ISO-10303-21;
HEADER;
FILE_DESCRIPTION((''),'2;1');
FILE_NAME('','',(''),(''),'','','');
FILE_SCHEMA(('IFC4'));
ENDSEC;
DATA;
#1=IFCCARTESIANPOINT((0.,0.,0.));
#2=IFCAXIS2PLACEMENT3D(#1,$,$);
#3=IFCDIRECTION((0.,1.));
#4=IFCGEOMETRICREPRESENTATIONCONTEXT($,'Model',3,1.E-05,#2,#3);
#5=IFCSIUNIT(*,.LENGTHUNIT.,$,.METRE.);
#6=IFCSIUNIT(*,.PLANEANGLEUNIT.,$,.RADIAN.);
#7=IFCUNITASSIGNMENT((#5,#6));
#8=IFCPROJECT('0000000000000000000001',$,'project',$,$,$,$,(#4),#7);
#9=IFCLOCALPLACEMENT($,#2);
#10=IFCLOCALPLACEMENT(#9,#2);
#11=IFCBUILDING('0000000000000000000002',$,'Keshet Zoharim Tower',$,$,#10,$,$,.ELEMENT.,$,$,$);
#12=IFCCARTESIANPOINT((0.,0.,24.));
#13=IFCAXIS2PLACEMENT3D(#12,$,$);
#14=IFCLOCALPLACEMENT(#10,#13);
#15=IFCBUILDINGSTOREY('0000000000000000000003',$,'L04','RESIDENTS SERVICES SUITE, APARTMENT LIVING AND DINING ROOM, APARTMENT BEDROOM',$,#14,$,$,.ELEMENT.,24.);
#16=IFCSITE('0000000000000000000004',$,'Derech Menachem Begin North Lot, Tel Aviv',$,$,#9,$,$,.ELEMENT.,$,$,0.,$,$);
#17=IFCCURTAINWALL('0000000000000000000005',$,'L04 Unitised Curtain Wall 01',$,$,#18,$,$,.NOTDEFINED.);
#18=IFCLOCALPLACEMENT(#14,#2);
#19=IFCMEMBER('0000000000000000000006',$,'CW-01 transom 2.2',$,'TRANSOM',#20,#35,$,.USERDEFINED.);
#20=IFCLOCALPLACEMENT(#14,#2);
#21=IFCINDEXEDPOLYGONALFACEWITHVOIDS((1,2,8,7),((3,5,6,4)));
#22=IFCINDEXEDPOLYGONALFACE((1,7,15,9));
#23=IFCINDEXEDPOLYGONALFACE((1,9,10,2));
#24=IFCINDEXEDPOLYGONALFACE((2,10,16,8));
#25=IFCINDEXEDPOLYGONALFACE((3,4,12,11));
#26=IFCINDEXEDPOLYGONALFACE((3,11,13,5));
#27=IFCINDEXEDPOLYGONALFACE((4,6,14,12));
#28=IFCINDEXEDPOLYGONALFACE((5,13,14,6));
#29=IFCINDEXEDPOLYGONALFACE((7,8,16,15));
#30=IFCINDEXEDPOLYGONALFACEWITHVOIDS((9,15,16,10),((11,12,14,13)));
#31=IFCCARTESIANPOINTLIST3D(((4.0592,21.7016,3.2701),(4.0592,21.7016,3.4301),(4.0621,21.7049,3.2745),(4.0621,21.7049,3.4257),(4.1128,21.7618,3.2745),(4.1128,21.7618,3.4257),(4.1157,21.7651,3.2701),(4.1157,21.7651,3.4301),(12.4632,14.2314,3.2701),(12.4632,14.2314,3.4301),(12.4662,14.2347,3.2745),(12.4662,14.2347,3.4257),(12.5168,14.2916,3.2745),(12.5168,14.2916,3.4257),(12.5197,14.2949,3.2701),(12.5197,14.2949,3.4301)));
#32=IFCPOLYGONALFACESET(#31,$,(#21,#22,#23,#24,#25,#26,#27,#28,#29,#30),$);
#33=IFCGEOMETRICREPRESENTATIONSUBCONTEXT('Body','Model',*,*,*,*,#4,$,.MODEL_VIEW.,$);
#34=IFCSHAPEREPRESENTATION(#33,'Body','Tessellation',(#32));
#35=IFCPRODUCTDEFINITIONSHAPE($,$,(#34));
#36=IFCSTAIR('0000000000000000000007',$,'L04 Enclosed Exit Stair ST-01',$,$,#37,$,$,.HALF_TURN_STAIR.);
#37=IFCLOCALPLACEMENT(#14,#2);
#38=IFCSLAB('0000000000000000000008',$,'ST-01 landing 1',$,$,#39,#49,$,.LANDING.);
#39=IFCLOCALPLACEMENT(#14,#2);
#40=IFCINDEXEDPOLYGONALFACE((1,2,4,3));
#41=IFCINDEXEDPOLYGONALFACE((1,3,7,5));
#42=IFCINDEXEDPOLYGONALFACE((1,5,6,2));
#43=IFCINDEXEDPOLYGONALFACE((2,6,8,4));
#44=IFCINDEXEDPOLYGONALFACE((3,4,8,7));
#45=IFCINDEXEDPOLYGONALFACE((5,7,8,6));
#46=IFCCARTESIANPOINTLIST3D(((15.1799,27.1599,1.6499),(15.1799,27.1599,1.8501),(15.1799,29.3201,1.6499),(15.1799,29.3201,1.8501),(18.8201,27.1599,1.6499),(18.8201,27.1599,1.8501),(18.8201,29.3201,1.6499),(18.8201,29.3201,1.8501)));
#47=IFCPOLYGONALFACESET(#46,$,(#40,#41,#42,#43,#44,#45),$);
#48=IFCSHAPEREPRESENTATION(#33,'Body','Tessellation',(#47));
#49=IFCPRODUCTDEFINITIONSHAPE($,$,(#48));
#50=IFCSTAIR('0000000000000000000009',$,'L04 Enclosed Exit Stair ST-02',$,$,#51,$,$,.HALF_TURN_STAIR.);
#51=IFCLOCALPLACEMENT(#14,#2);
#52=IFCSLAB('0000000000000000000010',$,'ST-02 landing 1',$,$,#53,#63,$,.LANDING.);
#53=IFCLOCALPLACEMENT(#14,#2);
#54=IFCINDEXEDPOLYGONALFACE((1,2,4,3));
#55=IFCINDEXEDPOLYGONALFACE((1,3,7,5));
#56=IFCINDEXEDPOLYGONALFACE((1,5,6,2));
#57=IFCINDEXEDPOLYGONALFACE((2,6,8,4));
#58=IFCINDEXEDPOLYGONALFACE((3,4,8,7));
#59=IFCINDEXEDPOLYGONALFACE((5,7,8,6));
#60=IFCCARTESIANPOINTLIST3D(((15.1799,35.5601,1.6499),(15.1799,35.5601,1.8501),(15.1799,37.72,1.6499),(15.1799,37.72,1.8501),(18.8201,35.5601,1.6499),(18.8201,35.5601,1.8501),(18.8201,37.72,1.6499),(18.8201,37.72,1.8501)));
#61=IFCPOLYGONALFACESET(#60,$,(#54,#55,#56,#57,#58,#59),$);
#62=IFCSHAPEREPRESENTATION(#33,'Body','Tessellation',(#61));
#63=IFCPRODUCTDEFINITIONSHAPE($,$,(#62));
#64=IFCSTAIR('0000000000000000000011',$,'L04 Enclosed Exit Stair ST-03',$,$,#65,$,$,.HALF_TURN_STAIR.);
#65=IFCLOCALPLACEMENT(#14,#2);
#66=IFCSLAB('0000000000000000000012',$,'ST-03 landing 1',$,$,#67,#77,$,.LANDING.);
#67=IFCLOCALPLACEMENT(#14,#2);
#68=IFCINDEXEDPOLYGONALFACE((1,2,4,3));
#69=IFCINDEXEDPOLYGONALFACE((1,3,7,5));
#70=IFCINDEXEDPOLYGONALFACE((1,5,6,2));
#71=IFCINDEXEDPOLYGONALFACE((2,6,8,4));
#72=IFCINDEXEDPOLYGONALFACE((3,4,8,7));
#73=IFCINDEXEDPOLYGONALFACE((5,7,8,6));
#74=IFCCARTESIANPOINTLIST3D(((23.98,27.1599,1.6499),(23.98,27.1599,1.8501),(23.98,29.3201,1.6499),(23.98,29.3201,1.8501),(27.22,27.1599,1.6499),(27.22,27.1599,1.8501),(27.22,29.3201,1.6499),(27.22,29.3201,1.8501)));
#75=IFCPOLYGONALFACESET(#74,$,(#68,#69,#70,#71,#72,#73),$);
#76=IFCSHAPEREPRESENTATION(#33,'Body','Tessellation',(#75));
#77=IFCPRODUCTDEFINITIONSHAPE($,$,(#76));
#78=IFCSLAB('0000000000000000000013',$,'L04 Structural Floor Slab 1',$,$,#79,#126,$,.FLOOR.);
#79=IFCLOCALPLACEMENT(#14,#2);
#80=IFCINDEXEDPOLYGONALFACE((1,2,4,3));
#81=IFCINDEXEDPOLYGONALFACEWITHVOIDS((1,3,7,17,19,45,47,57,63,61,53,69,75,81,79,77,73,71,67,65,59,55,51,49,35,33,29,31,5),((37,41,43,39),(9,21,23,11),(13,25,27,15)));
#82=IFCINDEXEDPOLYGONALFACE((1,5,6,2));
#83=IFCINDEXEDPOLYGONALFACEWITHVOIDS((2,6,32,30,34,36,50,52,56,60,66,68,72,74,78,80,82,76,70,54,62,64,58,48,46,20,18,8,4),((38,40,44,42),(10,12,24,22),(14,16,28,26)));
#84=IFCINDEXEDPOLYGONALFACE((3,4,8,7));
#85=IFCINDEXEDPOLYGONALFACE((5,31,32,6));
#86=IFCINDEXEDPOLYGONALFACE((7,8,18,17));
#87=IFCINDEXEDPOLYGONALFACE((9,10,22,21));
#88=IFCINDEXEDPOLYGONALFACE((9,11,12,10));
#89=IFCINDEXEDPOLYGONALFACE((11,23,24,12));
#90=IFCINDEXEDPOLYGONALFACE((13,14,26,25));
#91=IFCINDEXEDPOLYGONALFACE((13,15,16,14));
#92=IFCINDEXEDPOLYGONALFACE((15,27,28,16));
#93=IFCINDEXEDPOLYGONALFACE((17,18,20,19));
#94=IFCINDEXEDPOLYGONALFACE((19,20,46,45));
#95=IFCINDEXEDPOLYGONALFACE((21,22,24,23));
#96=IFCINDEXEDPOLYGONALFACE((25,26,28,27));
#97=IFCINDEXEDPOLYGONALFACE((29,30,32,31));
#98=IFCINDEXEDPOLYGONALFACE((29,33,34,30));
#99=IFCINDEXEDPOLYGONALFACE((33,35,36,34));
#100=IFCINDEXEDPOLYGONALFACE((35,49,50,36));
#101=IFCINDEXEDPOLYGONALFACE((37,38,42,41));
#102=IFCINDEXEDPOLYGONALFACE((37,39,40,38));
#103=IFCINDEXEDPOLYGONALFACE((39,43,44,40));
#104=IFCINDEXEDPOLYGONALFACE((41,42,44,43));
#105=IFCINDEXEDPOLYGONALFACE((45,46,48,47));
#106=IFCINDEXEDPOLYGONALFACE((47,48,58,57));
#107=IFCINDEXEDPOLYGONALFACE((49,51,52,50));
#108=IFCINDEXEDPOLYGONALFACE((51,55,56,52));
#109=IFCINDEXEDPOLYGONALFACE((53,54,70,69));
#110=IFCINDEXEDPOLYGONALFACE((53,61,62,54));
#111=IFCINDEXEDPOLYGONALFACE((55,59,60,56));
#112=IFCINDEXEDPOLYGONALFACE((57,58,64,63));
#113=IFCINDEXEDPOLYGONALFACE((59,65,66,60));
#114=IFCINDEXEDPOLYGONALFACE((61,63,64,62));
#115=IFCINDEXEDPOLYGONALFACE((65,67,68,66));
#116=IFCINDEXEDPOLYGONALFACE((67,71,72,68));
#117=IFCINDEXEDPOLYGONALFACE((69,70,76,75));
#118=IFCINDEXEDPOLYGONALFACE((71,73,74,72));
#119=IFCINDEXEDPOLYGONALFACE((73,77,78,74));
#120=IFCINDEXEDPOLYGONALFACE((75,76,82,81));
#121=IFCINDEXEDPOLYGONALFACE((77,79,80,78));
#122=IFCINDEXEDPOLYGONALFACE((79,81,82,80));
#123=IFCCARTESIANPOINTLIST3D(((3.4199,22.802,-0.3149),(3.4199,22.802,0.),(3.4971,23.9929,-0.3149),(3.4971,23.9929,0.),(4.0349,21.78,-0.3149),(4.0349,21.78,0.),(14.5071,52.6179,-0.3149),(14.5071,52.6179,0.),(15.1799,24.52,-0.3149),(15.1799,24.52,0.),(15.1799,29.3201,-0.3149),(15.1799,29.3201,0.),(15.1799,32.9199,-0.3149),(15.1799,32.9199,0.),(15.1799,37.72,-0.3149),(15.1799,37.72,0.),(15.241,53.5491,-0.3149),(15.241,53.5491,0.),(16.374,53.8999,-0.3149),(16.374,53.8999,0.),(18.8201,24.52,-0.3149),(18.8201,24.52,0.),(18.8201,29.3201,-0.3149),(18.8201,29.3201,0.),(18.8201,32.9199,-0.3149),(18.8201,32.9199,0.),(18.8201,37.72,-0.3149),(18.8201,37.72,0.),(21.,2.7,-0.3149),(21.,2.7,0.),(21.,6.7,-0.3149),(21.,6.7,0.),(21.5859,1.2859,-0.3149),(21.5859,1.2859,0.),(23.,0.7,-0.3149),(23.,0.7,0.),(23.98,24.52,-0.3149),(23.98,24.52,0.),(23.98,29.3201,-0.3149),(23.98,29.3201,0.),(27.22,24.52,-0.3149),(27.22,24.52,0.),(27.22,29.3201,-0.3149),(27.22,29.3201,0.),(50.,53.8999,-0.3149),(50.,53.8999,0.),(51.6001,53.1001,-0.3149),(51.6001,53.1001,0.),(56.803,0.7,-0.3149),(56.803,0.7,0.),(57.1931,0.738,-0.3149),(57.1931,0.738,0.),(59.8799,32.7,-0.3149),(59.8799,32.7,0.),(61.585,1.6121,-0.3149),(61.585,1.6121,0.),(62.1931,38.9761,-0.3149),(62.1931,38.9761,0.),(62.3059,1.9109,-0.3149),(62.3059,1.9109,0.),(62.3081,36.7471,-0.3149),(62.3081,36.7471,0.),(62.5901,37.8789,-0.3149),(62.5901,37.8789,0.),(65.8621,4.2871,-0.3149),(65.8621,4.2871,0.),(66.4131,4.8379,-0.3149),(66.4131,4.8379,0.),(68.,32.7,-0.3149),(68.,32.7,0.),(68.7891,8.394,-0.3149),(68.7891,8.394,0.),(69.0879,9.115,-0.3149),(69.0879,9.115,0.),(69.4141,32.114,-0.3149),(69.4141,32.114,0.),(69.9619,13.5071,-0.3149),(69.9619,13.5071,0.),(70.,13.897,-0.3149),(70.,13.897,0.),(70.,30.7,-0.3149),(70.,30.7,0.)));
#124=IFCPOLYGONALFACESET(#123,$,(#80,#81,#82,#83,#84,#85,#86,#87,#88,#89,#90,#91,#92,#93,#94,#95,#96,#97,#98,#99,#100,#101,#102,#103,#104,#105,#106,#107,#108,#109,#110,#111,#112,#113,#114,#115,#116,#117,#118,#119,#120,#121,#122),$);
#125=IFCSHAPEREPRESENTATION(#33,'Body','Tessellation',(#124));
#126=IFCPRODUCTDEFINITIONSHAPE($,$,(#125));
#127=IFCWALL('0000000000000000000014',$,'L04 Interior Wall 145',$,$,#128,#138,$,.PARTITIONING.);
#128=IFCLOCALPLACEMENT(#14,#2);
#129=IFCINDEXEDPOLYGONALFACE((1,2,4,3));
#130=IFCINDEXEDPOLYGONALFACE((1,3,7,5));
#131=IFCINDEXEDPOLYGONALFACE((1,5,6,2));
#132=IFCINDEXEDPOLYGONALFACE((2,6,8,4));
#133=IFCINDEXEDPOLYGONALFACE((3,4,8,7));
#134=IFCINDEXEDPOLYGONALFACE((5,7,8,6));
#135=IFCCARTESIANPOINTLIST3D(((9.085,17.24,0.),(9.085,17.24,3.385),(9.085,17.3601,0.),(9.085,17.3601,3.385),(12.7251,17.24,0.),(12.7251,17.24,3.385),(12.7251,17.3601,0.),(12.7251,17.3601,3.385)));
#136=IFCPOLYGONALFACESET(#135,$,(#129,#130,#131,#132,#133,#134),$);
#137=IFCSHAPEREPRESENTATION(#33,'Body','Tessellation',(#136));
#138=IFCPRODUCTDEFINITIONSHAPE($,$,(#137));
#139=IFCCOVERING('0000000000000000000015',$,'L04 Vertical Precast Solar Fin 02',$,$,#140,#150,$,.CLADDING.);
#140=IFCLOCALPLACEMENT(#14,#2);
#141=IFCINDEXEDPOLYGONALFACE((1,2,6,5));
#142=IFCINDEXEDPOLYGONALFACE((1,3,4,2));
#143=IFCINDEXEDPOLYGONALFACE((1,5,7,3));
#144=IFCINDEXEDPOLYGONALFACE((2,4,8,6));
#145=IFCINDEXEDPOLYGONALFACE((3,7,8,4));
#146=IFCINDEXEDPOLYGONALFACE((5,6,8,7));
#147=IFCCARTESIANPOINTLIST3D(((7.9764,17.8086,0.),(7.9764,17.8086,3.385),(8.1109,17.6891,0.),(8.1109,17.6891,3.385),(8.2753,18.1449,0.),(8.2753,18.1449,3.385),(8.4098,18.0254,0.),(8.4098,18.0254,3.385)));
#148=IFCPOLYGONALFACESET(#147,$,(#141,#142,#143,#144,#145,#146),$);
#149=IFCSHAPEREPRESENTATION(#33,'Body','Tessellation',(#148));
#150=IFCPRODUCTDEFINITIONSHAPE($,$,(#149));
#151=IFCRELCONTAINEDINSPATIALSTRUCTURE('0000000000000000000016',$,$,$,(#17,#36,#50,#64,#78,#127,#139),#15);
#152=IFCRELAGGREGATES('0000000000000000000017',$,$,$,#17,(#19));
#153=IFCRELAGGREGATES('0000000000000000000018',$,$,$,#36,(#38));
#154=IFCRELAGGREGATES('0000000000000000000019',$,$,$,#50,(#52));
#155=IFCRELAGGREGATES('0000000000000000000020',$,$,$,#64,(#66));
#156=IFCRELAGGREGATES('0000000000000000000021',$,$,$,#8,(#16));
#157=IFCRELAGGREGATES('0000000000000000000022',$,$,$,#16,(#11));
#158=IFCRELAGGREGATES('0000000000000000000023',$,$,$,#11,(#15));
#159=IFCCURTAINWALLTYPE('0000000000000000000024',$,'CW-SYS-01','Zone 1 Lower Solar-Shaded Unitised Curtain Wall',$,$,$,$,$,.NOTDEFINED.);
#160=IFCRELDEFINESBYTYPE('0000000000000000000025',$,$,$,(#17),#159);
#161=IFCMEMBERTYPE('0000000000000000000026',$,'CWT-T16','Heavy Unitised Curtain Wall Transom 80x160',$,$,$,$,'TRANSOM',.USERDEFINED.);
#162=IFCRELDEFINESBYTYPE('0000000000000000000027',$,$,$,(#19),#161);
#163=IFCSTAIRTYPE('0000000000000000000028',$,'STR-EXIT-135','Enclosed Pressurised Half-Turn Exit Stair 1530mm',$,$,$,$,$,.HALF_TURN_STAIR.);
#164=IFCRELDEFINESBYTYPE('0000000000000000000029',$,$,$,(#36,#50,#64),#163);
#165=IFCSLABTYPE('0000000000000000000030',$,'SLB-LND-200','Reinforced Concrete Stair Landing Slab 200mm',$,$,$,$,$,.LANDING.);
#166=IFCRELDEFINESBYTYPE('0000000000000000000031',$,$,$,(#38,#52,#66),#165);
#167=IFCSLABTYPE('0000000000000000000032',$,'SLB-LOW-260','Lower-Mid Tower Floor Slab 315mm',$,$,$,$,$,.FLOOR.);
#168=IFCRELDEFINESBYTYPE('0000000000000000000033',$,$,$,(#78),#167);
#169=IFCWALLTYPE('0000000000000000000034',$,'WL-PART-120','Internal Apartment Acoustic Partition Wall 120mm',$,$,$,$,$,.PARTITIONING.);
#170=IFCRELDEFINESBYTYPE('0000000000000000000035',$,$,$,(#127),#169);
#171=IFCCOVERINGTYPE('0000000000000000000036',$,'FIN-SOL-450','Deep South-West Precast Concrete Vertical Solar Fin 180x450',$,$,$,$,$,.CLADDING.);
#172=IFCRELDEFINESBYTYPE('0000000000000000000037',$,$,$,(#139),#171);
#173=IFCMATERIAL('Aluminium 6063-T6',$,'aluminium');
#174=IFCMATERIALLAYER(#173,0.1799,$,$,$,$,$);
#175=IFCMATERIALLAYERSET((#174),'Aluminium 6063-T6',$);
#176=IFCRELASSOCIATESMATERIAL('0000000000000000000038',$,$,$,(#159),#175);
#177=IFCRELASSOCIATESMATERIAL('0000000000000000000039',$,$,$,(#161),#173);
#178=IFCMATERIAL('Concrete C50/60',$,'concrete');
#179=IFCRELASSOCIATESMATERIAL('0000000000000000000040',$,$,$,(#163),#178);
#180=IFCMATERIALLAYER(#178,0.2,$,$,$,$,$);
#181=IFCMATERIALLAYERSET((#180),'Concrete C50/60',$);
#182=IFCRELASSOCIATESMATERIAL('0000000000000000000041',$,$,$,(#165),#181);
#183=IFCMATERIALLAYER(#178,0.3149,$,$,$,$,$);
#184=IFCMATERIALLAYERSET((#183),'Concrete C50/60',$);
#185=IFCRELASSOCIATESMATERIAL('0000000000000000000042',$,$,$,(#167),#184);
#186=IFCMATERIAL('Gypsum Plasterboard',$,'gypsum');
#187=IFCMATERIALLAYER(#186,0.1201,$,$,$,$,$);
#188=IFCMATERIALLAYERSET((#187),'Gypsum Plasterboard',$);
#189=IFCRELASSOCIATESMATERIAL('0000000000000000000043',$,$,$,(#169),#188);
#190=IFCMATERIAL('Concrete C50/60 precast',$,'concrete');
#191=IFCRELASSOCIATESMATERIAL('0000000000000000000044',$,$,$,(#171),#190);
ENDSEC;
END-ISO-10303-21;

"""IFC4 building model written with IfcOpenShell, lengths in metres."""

from ifc_helpers import new_model, si_unit, direction, frame, frame_2d, origin, origin_2d, place, context, subcontext, project, spatial, polyline, rectangle, hollow_rectangle, outline, extrude, material, layer, layer_set, material_profile, profile_set, type_object, element, aggregate, save


model = new_model("IFC4")

# Units and contexts
model_context = context("Model", 3, precision=1e-05, world=origin(), true_north=direction((0.0, 1.0)))
body_context = subcontext(model_context, "Body", "Model", "MODEL_VIEW")
ifc_project = project(units=[si_unit("LENGTHUNIT", "METRE"), si_unit("PLANEANGLEUNIT", "RADIAN")], contexts=[model_context])

# Site, building, storey
site_placement = place(None, origin())
site = spatial("IfcSite", under=ifc_project, at=site_placement, Name="Derech Menachem Begin North Lot, Tel Aviv", CompositionType="ELEMENT", RefElevation=0.0)
building_placement = place(site_placement, origin())
building = spatial("IfcBuilding", under=site, at=building_placement, Name="Keshet Zoharim Tower", CompositionType="ELEMENT")
storey_placement = place(building_placement, frame((0.0, 0.0, 24.0)))
storey = spatial("IfcBuildingStorey", under=building, at=storey_placement, Name="L04", Description="RESIDENTS SERVICES SUITE, APARTMENT LIVING AND DINING ROOM, APARTMENT BEDROOM", CompositionType="ELEMENT", Elevation=24.0)

# Curtain wall, member
ifc_material_1 = material(Name="Aluminium 6063-T6", Category="aluminium")
ifc_layer_1 = layer(ifc_material_1, 0.1799)
ifc_layer_set_1 = layer_set([ifc_layer_1], Name="Aluminium 6063-T6")
curtain_wall_type = type_object("IfcCurtainWallType", Name="CW-SYS-01", Description="Zone 1 Lower Solar-Shaded Unitised Curtain Wall", PredefinedType="NOTDEFINED", material=ifc_layer_set_1)
curtain_wall_placement = place(storey_placement, origin())
curtain_wall = element("IfcCurtainWall", 1, at=curtain_wall_placement, inside=storey, type_object=curtain_wall_type, Name="L04 Unitised Curtain Wall 01", PredefinedType="NOTDEFINED")
ifc_material_profile_1 = material_profile(ifc_material_1, hollow_rectangle(XDim=0.085, YDim=0.1599, WallThickness=0.0044, at=origin_2d()), Name="TRN-85x160")
ifc_profile_set_1 = profile_set([ifc_material_profile_1], Name="Aluminium 6063-T6")
member_type_1 = type_object("IfcMemberType", Name="CWT-T16", Description="Heavy Unitised Curtain Wall Transom 80x160", ElementType="TRANSOM", PredefinedType="USERDEFINED", material=ifc_profile_set_1)
member_1_placement = place(storey_placement, frame((12.4915, 14.2632, 3.3501), z_axis=(-0.747412, 0.664361, 0.0), x_axis=(-0.664361, -0.747412, 0.0)))
member_1 = element("IfcMember", 2, at=member_1_placement, type_object=member_type_1, Name="CW-01 transom 2.2", ObjectType="TRANSOM", PredefinedType="USERDEFINED", context=body_context, shape_type="SweptSolid", body=[
    extrude(hollow_rectangle(XDim=0.085, YDim=0.1599, WallThickness=0.0044, at=origin_2d()), origin(), (0.0, 0.0, 1.0), 11.2441),
])
aggregate(curtain_wall, [member_1])

# Stairs, slabs
ifc_material_2 = material(Name="Concrete C50/60", Category="concrete")
stair_type = type_object("IfcStairType", Name="STR-EXIT-135", Description="Enclosed Pressurised Half-Turn Exit Stair 1530mm", PredefinedType="HALF_TURN_STAIR", material=ifc_material_2)
stair_1_placement = place(storey_placement, origin())
stair_1 = element("IfcStair", 3, at=stair_1_placement, inside=storey, type_object=stair_type, Name="L04 Enclosed Exit Stair ST-01", PredefinedType="HALF_TURN_STAIR")
ifc_layer_2 = layer(ifc_material_2, 0.2)
ifc_layer_set_2 = layer_set([ifc_layer_2], Name="Concrete C50/60")
slab_type_1 = type_object("IfcSlabType", Name="SLB-LND-200", Description="Reinforced Concrete Stair Landing Slab 200mm", PredefinedType="LANDING", material=ifc_layer_set_2)
slab_1_placement = place(storey_placement, frame((0.0, 0.0, 1.6499)))
slab_1 = element("IfcSlab", 4, at=slab_1_placement, type_object=slab_type_1, Name="ST-01 landing 1", PredefinedType="LANDING", context=body_context, shape_type="SweptSolid", body=[
    extrude(outline(polyline([(15.1799, 27.1599), (18.8201, 27.1599), (18.8201, 29.3201), (15.1799, 29.3201), (15.1799, 27.1599)])), origin(), (0.0, 0.0, 1.0), 0.2002),
])
aggregate(stair_1, [slab_1])
stair_2_placement = place(storey_placement, origin())
stair_2 = element("IfcStair", 5, at=stair_2_placement, inside=storey, type_object=stair_type, Name="L04 Enclosed Exit Stair ST-02", PredefinedType="HALF_TURN_STAIR")
slab_2_placement = place(storey_placement, frame((0.0, 0.0, 1.6499)))
slab_2 = element("IfcSlab", 6, at=slab_2_placement, type_object=slab_type_1, Name="ST-02 landing 1", PredefinedType="LANDING", context=body_context, shape_type="SweptSolid", body=[
    extrude(outline(polyline([(15.1799, 35.5601), (18.8201, 35.5601), (18.8201, 37.72), (15.1799, 37.72), (15.1799, 35.5601)])), origin(), (0.0, 0.0, 1.0), 0.2002),
])
aggregate(stair_2, [slab_2])
stair_3_placement = place(storey_placement, origin())
stair_3 = element("IfcStair", 7, at=stair_3_placement, inside=storey, type_object=stair_type, Name="L04 Enclosed Exit Stair ST-03", PredefinedType="HALF_TURN_STAIR")
slab_3_placement = place(storey_placement, frame((0.0, 0.0, 1.6499)))
slab_3 = element("IfcSlab", 8, at=slab_3_placement, type_object=slab_type_1, Name="ST-03 landing 1", PredefinedType="LANDING", context=body_context, shape_type="SweptSolid", body=[
    extrude(outline(polyline([(23.98, 27.1599), (27.22, 27.1599), (27.22, 29.3201), (23.98, 29.3201), (23.98, 27.1599)])), origin(), (0.0, 0.0, 1.0), 0.2002),
])
aggregate(stair_3, [slab_3])

# Slab
ifc_layer_3 = layer(ifc_material_2, 0.3149)
ifc_layer_set_3 = layer_set([ifc_layer_3], Name="Concrete C50/60")
slab_type_2 = type_object("IfcSlabType", Name="SLB-LOW-260", Description="Lower-Mid Tower Floor Slab 315mm", PredefinedType="FLOOR", material=ifc_layer_set_3)
slab_4_placement = place(storey_placement, frame((0.0, 0.0, -0.3149)))
element("IfcSlab", 9, at=slab_4_placement, inside=storey, type_object=slab_type_2, Name="L04 Structural Floor Slab 1", PredefinedType="FLOOR", context=body_context, shape_type="SweptSolid", body=[
    extrude(outline(polyline([(21.0, 6.7), (4.0349, 21.78), (3.4199, 22.802), (3.4971, 23.9929), (14.5071, 52.6179), (15.241, 53.5491), (16.374, 53.8999), (50.0, 53.8999), (51.6001, 53.1001), (62.1931, 38.9761), (62.5901, 37.8789), (62.3081, 36.7471), (59.8799, 32.7), (68.0, 32.7), (69.4141, 32.114), (70.0, 30.7), (70.0, 13.897), (69.9619, 13.5071), (69.0879, 9.115), (68.7891, 8.394), (66.4131, 4.8379), (65.8621, 4.2871), (62.3059, 1.9109), (61.585, 1.6121), (57.1931, 0.738), (56.803, 0.7), (23.0, 0.7), (21.5859, 1.2859), (21.0, 2.7), (21.0, 6.7)]), holes=[polyline([(15.1799, 24.52), (18.8201, 24.52), (18.8201, 29.3201), (15.1799, 29.3201), (15.1799, 24.52)]), polyline([(15.1799, 32.9199), (18.8201, 32.9199), (18.8201, 37.72), (15.1799, 37.72), (15.1799, 32.9199)]), polyline([(23.98, 24.52), (27.22, 24.52), (27.22, 29.3201), (23.98, 29.3201), (23.98, 24.52)])]), origin(), (0.0, 0.0, 1.0), 0.3149),
])

# Shared definitions
ifc_material_3 = material(Name="Gypsum Plasterboard", Category="gypsum")

# Wall
ifc_layer_4 = layer(ifc_material_3, 0.1201)
ifc_layer_set_4 = layer_set([ifc_layer_4], Name="Gypsum Plasterboard")
wall_type_1 = type_object("IfcWallType", Name="WL-PART-120", Description="Internal Apartment Acoustic Partition Wall 120mm", PredefinedType="PARTITIONING", material=ifc_layer_set_4)
wall_1_placement = place(storey_placement, frame((9.085, 17.3, 0.0), z_axis=(0.0, 0.0, 1.0), x_axis=(1.0, 0.0, 0.0)))
element("IfcWall", 10, at=wall_1_placement, inside=storey, type_object=wall_type_1, Name="L04 Interior Wall 145", PredefinedType="PARTITIONING", context=body_context, shape_type="SweptSolid", body=[
    extrude(rectangle(XDim=3.6401, YDim=0.1201, at=frame_2d((1.8201, 0.0))), origin(), (0.0, 0.0, 1.0), 3.385),
])

# Covering
ifc_material_4 = material(Name="Concrete C50/60 precast", Category="concrete")
covering_type = type_object("IfcCoveringType", Name="FIN-SOL-450", Description="Deep South-West Precast Concrete Vertical Solar Fin 180x450", PredefinedType="CLADDING", material=ifc_material_4)
covering_placement = place(storey_placement, frame((8.1931, 17.917, 0.0), z_axis=(0.0, 0.0, 1.0), x_axis=(-0.747409, 0.664364, 0.0)))
element("IfcCovering", 11, at=covering_placement, inside=storey, type_object=covering_type, Name="L04 Vertical Precast Solar Fin 02", PredefinedType="CLADDING", context=body_context, shape_type="SweptSolid", body=[
    extrude(rectangle(XDim=0.1799, YDim=0.45, at=origin_2d()), origin(), (0.0, 0.0, 1.0), 3.385),
])

save(model, "model.ifc")
